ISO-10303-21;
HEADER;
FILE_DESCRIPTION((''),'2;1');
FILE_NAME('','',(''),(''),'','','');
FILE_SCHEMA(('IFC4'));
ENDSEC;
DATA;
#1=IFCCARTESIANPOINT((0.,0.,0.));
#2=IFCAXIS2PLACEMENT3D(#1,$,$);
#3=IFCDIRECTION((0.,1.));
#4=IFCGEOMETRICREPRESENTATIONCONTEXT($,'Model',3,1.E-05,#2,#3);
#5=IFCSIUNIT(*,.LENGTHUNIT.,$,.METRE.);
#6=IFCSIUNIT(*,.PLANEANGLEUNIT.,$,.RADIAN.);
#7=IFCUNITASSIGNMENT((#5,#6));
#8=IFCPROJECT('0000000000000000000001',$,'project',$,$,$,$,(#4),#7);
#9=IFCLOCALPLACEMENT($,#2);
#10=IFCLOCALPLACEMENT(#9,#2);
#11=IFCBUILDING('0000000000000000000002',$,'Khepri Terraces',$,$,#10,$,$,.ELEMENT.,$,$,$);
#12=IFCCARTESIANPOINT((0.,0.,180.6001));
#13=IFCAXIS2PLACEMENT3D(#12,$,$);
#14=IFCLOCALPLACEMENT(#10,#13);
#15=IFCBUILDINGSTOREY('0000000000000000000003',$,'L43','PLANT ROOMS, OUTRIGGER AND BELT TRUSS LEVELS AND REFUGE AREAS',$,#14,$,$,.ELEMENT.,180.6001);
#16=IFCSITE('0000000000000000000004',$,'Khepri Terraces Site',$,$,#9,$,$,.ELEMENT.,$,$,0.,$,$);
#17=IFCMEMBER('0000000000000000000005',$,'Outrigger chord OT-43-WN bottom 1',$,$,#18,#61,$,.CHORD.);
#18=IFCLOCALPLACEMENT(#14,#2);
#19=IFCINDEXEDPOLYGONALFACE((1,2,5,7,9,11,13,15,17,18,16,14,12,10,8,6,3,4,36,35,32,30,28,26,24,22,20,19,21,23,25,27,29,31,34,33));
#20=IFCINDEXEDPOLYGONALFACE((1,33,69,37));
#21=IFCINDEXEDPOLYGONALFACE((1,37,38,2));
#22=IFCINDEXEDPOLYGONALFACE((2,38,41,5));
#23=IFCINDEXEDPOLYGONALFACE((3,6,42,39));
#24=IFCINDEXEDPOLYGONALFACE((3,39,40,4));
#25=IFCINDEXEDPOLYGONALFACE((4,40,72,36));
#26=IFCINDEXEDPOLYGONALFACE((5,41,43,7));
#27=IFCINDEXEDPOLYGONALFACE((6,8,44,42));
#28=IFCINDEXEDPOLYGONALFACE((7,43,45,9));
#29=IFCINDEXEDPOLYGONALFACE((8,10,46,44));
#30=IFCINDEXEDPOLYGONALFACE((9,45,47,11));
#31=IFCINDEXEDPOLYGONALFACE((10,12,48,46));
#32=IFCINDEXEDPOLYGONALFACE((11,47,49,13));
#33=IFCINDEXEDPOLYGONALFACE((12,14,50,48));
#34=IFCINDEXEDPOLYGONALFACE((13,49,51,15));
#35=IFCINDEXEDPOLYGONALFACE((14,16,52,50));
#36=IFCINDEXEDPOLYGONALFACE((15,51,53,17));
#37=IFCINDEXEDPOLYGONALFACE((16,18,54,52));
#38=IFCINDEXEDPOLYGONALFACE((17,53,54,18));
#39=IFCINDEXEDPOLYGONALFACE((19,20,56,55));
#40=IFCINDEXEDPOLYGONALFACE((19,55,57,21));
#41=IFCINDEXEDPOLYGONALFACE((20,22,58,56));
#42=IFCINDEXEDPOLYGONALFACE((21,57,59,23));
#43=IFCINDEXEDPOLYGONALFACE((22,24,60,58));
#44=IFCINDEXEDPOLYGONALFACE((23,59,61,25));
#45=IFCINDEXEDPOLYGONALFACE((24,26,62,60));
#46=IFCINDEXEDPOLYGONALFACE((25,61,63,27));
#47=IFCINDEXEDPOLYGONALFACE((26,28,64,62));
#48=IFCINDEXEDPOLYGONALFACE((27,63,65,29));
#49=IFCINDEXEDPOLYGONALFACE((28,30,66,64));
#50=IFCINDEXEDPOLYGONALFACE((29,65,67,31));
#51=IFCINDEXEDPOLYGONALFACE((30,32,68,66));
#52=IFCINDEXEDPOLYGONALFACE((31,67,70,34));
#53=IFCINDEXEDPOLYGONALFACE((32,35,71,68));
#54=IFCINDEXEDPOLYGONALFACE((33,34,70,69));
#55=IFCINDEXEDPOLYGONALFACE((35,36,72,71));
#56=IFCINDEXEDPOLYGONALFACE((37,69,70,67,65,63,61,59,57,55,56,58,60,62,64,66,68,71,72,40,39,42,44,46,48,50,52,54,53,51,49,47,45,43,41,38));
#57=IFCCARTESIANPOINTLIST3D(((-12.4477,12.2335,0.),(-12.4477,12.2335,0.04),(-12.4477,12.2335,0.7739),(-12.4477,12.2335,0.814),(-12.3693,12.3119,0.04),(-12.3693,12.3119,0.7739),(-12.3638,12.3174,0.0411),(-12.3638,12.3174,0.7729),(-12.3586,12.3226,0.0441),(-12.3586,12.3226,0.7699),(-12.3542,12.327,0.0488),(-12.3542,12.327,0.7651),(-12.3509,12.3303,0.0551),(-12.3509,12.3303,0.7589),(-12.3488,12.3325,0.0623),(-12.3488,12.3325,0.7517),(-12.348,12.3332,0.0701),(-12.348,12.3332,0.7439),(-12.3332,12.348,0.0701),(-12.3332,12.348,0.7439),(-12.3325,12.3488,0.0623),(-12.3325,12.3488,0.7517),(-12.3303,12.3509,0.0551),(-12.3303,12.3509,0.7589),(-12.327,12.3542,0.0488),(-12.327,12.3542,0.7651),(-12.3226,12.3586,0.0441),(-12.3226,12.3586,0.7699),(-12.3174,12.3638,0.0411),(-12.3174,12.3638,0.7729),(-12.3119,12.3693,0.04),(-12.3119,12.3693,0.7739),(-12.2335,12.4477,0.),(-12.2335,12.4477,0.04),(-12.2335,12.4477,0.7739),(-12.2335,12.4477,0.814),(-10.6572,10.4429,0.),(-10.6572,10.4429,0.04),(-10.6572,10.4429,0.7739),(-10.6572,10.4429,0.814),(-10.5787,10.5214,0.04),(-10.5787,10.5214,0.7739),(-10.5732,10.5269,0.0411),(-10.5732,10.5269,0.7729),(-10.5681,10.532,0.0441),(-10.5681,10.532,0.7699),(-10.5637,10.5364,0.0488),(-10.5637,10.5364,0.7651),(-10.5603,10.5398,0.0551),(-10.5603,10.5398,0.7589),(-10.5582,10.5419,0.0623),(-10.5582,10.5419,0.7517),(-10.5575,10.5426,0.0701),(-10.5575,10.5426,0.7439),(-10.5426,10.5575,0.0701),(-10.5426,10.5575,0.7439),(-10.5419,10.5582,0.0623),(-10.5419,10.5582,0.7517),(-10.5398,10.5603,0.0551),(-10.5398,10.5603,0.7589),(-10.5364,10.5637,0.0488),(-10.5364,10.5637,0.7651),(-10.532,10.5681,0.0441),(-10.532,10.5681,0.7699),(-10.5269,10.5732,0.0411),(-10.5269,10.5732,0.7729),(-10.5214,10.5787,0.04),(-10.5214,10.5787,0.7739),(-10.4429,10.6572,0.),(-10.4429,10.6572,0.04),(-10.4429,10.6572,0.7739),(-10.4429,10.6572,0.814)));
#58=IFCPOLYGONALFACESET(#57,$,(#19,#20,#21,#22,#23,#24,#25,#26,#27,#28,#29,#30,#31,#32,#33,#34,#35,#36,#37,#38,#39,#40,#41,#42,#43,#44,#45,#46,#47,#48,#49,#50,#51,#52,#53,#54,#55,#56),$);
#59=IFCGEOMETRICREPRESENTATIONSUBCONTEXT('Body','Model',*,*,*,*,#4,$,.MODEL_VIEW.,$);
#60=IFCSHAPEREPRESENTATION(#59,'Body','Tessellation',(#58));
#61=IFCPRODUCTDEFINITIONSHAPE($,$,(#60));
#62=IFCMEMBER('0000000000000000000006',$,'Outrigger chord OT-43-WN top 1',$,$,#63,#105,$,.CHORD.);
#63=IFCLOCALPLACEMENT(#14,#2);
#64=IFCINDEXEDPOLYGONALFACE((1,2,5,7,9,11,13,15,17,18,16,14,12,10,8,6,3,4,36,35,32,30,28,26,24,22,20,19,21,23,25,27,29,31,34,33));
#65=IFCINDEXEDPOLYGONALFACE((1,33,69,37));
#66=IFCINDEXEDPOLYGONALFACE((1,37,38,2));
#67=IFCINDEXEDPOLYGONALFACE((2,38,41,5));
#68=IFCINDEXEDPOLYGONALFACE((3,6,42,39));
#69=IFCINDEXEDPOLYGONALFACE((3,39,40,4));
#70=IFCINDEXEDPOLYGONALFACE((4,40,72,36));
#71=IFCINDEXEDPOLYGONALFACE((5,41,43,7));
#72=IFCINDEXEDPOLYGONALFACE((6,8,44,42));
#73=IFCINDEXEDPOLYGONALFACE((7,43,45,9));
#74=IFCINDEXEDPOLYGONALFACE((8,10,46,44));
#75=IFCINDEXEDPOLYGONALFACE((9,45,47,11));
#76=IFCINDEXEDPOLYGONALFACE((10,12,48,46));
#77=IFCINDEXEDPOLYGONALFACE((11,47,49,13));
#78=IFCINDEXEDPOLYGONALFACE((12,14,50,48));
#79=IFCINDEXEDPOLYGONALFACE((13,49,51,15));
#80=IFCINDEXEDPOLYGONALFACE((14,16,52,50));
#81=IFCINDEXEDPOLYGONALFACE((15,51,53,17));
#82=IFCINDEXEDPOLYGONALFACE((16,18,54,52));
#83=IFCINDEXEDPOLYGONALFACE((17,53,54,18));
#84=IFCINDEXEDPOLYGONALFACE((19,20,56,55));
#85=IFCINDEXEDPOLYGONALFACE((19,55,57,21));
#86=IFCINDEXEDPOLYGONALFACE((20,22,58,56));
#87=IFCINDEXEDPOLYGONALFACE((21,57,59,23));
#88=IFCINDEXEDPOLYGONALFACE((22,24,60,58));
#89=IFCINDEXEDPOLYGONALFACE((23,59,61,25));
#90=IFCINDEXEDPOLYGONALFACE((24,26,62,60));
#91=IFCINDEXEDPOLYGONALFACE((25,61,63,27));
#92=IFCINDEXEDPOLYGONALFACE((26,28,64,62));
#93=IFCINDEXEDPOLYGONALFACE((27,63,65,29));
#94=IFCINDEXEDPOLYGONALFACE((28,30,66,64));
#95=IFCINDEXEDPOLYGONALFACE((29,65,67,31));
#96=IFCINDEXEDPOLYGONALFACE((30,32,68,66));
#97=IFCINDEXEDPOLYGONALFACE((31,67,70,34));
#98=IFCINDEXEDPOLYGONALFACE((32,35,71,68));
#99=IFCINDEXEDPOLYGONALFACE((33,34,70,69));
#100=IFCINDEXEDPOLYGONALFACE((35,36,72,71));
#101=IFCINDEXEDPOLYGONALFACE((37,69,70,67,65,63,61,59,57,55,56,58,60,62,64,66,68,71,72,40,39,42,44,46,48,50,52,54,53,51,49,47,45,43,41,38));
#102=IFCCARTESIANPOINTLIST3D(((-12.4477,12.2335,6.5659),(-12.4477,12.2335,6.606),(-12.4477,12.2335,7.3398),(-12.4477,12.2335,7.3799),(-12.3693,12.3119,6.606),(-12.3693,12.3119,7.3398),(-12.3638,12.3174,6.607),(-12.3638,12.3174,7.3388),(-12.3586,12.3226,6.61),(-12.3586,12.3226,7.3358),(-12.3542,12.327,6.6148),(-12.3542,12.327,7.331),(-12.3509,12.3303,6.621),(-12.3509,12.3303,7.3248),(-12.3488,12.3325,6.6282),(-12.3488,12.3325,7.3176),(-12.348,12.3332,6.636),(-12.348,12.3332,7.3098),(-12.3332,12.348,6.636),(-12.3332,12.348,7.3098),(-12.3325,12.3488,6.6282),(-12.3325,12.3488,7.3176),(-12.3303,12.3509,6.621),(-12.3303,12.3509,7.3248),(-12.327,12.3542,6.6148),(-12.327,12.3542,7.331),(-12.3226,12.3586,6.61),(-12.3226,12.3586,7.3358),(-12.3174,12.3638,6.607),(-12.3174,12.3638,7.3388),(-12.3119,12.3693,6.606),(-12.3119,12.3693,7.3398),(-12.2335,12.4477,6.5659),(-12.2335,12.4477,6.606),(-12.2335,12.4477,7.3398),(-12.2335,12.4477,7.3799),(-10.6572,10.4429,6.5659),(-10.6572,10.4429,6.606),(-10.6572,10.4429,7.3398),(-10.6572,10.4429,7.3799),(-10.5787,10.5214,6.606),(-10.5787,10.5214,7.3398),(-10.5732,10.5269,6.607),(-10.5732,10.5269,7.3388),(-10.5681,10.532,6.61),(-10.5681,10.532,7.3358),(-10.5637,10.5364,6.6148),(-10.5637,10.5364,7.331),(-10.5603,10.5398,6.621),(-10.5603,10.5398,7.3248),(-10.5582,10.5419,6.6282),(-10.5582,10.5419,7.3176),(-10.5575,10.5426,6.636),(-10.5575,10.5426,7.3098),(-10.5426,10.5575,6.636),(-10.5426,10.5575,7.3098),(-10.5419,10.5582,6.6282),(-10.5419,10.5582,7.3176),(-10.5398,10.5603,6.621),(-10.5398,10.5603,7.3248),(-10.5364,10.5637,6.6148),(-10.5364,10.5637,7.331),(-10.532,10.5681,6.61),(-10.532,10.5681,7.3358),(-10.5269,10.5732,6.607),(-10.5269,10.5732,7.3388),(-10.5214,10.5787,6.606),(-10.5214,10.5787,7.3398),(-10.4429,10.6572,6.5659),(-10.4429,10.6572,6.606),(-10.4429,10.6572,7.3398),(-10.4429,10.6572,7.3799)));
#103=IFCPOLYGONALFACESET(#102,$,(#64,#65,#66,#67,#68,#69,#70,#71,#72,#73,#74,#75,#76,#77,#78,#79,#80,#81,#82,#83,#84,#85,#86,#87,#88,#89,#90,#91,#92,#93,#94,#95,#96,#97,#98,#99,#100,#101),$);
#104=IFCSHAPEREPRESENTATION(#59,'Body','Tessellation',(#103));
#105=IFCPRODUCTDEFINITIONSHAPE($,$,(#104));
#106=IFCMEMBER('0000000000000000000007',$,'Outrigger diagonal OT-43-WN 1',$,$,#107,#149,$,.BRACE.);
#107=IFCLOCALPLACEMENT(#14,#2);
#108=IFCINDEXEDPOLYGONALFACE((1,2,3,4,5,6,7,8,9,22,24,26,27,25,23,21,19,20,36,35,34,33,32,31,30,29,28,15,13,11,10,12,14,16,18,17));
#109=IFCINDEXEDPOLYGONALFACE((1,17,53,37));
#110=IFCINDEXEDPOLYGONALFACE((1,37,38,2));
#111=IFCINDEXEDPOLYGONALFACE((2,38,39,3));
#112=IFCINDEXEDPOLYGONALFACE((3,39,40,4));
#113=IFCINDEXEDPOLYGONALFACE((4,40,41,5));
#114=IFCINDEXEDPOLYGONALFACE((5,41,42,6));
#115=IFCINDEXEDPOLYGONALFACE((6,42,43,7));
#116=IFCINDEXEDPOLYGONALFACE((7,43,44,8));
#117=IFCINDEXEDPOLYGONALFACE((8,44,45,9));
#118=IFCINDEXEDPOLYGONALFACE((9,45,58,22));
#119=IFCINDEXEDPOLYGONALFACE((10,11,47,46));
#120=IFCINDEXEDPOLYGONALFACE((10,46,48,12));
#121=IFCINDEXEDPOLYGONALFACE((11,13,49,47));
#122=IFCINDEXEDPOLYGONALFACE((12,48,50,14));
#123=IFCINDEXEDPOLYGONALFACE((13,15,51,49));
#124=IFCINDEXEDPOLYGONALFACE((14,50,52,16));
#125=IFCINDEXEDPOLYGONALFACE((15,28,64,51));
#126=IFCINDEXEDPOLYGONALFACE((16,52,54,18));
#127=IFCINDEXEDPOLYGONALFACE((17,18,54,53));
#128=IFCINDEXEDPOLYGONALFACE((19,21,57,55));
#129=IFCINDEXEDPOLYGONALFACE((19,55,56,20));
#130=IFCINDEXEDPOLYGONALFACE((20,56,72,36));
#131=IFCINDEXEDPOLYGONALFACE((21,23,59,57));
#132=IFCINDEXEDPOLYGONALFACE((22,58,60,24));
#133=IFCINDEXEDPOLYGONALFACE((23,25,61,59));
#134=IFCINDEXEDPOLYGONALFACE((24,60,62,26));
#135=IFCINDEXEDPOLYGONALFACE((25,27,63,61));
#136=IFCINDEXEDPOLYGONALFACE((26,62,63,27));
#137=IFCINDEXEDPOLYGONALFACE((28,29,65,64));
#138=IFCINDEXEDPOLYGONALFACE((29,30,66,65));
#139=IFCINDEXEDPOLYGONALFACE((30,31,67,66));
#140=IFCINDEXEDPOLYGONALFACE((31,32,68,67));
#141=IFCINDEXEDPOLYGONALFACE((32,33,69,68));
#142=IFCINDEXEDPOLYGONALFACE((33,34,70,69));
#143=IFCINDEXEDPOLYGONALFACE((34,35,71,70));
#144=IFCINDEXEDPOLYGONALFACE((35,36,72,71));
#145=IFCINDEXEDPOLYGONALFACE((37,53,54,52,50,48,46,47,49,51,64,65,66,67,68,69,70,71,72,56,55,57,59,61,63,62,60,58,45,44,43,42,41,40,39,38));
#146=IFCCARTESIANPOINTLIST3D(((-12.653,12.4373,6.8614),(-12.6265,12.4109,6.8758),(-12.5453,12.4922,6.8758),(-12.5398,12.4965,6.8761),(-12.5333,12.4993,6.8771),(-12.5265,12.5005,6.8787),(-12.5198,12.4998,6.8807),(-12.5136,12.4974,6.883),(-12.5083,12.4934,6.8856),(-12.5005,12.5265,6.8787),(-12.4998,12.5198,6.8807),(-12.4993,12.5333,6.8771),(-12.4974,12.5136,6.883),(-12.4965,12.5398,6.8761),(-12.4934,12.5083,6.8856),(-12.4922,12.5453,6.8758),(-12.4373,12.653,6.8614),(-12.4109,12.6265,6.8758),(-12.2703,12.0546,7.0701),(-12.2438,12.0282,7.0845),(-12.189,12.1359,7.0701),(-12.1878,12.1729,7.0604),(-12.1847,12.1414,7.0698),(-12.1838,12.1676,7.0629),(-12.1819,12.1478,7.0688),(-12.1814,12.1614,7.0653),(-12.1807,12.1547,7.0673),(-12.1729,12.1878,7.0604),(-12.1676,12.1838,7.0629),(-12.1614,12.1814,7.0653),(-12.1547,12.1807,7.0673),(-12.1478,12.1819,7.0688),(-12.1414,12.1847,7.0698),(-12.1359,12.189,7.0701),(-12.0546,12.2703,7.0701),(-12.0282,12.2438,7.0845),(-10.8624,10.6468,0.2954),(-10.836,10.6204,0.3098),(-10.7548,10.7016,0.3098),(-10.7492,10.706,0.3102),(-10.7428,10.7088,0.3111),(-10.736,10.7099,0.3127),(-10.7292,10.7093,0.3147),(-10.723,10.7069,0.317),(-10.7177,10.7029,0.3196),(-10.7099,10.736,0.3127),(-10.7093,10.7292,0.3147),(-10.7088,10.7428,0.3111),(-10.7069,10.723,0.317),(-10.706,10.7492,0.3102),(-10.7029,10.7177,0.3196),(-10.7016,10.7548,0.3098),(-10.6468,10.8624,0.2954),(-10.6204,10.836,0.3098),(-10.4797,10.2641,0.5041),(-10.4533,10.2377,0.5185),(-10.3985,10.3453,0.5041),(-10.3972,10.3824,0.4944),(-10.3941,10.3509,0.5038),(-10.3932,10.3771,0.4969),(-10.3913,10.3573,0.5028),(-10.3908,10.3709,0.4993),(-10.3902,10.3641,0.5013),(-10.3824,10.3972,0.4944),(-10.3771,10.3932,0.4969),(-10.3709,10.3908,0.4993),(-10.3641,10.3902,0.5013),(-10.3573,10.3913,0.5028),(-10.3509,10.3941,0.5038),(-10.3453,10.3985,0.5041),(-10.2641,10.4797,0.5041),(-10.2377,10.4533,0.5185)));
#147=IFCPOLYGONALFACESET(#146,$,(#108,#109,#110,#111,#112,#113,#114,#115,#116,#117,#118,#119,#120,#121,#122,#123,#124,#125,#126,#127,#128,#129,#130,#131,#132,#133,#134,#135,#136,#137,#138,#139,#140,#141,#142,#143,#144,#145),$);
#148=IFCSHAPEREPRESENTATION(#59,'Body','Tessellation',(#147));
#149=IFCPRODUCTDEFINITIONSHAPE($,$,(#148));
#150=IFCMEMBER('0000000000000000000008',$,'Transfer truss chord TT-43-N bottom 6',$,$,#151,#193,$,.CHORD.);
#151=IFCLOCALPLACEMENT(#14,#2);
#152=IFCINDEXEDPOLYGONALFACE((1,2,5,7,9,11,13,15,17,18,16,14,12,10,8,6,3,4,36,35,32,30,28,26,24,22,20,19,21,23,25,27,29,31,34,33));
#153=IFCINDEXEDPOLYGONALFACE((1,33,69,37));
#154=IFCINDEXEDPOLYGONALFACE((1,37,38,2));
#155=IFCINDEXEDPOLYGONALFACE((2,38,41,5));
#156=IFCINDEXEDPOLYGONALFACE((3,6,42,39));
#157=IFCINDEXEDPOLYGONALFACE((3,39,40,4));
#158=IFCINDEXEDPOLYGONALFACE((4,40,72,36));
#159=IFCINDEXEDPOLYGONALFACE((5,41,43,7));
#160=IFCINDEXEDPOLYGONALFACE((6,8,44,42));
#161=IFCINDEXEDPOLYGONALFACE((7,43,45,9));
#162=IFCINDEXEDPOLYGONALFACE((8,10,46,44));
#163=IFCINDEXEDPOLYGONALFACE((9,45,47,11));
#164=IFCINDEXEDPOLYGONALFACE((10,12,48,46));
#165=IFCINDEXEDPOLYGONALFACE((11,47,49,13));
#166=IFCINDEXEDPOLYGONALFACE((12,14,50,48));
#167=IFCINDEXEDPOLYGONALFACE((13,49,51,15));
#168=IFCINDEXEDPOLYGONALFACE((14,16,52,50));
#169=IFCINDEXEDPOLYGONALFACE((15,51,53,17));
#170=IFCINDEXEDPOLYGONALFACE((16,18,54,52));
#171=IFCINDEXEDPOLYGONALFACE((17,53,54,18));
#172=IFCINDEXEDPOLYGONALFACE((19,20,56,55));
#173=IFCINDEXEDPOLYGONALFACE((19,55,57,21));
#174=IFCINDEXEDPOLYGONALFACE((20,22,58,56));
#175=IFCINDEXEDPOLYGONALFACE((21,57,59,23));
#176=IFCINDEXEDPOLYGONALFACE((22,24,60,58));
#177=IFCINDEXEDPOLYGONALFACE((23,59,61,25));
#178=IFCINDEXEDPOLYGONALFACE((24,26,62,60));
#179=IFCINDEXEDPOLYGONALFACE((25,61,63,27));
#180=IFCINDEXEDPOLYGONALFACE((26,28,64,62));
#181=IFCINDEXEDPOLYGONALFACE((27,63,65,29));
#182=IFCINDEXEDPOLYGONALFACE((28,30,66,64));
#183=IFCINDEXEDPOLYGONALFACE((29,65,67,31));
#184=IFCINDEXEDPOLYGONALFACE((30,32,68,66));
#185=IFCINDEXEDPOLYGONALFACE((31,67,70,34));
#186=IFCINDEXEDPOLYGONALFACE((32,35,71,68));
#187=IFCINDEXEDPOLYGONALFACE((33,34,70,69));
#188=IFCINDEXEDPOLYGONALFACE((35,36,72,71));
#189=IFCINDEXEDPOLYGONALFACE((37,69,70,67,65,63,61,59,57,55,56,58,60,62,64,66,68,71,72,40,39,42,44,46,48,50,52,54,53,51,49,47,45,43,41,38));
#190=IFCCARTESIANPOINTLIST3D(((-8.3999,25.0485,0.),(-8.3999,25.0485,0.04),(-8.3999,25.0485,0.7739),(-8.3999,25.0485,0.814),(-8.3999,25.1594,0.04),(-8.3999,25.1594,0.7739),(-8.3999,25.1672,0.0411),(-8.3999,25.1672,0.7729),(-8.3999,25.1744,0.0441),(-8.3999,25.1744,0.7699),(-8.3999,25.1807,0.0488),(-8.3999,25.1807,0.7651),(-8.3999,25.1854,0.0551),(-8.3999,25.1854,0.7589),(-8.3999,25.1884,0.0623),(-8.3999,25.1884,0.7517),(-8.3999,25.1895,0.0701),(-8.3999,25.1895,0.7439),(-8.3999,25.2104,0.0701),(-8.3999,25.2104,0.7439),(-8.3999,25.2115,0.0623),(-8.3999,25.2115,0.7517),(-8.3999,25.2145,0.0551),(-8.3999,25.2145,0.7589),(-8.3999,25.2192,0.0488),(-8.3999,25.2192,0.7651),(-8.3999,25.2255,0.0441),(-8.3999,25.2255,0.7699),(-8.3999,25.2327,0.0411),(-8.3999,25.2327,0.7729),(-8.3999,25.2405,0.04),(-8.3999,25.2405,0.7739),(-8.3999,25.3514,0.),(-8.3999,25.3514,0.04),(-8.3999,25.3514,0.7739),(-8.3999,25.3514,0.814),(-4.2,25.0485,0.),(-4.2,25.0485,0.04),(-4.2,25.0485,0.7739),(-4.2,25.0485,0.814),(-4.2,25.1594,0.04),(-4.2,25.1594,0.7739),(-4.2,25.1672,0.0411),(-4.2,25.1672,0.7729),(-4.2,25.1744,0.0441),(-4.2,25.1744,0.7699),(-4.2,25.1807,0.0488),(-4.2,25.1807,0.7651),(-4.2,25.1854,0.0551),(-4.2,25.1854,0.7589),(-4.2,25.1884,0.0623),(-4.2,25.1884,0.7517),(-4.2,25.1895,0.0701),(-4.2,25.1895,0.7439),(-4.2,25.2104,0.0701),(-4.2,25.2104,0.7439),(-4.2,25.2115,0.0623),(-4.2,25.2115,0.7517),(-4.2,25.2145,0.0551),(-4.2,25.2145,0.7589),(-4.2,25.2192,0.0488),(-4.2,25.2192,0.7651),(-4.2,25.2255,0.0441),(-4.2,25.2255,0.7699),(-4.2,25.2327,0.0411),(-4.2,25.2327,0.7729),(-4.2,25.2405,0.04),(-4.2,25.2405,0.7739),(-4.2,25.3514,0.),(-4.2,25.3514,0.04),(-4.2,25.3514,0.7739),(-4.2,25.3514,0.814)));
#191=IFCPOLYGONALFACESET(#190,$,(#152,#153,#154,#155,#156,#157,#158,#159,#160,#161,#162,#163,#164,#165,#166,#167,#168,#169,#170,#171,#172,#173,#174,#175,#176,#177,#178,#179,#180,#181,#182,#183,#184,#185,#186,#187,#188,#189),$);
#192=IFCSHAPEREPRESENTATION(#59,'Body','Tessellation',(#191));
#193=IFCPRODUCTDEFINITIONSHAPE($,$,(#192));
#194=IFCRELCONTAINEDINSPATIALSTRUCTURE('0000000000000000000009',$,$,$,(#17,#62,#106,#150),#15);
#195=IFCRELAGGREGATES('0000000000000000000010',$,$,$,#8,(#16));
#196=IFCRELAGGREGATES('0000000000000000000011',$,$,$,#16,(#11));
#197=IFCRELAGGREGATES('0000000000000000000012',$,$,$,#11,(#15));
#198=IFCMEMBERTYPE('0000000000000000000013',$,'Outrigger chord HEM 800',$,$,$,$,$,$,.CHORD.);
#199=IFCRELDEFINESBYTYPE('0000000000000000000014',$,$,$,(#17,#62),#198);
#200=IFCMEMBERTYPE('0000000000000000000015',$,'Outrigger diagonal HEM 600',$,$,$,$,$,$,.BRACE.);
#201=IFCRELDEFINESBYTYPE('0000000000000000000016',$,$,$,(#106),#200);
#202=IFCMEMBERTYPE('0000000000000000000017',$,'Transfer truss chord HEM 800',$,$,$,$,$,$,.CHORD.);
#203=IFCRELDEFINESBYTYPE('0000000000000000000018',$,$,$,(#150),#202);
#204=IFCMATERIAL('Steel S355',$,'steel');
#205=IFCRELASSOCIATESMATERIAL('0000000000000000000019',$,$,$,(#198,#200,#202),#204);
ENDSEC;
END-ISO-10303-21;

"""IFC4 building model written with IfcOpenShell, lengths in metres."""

from ifc_helpers import new_model, si_unit, direction, frame, origin, origin_2d, place, context, subcontext, project, spatial, i_section, extrude, material, material_profile, profile_set, type_object, element, save


model = new_model("IFC4")

# Units and contexts
model_context = context("Model", 3, precision=1e-05, world=origin(), true_north=direction((0.0, 1.0)))
body_context = subcontext(model_context, "Body", "Model", "MODEL_VIEW")
ifc_project = project(units=[si_unit("LENGTHUNIT", "METRE"), si_unit("PLANEANGLEUNIT", "RADIAN")], contexts=[model_context])

# Site, building, storey
site_placement = place(None, origin())
site = spatial("IfcSite", under=ifc_project, at=site_placement, Name="Khepri Terraces Site", CompositionType="ELEMENT", RefElevation=0.0)
building_placement = place(site_placement, origin())
building = spatial("IfcBuilding", under=site, at=building_placement, Name="Khepri Terraces", CompositionType="ELEMENT")
storey_placement = place(building_placement, frame((0.0, 0.0, 180.6001)))
storey = spatial("IfcBuildingStorey", under=building, at=storey_placement, Name="L43", Description="PLANT ROOMS, OUTRIGGER AND BELT TRUSS LEVELS AND REFUGE AREAS", CompositionType="ELEMENT", Elevation=180.6001)

# Members
ifc_material_1 = material(Name="Steel S355", Category="steel")
ifc_material_profile_1 = material_profile(ifc_material_1, i_section(OverallWidth=0.303, OverallDepth=0.814, WebThickness=0.021, FlangeThickness=0.04, FilletRadius=0.03, at=origin_2d()), Name="Steel S355", Category="steel")
ifc_profile_set_1 = profile_set([ifc_material_profile_1], Name="Steel S355")
member_type_1 = type_object("IfcMemberType", Name="Outrigger chord HEM 800", PredefinedType="CHORD", material=ifc_profile_set_1)
for number, where, z_axis, x_axis, name in (
    (1, (-10.55, 10.55, 0.407), (-0.707107, 0.707107, 0.0), (-0.707107, -0.707107, 0.0), "Outrigger chord OT-43-WN bottom 1"),
    (2, (-10.55, 10.55, 6.9729), (-0.707107, 0.707107, 0.0), (-0.707107, -0.707107, 0.0), "Outrigger chord OT-43-WN top 1"),
):
    element("IfcMember", number, at=place(storey_placement, frame(where, z_axis=z_axis, x_axis=x_axis)), inside=storey, type_object=member_type_1, Name=name, PredefinedType="CHORD", context=body_context, shape_type="SweptSolid", body=[
        extrude(i_section(OverallWidth=0.303, OverallDepth=0.814, WebThickness=0.021, FlangeThickness=0.04, FilletRadius=0.03, at=origin_2d()), origin(), (0.0, 0.0, 1.0), 2.5322),
    ])
ifc_material_profile_2 = material_profile(ifc_material_1, i_section(OverallWidth=0.3049, OverallDepth=0.6201, WebThickness=0.021, FlangeThickness=0.04, FilletRadius=0.0271, at=origin_2d()), Name="Steel S355", Category="steel")
ifc_profile_set_2 = profile_set([ifc_material_profile_2], Name="Steel S355")
member_type_2 = type_object("IfcMemberType", Name="Outrigger diagonal HEM 600", PredefinedType="BRACE", material=ifc_profile_set_2)
member_1_placement = place(storey_placement, frame((-10.55, 10.55, 0.407), z_axis=(-0.254435, 0.254435, 0.93302), x_axis=(-0.707107, -0.707107, 0.0)))
element("IfcMember", 3, at=member_1_placement, inside=storey, type_object=member_type_2, Name="Outrigger diagonal OT-43-WN 1", PredefinedType="BRACE", context=body_context, shape_type="SweptSolid", body=[
    extrude(i_section(OverallWidth=0.3049, OverallDepth=0.6201, WebThickness=0.021, FlangeThickness=0.04, FilletRadius=0.0271, at=origin_2d()), origin(), (0.0, 0.0, 1.0), 7.0374),
])
ifc_material_profile_3 = material_profile(ifc_material_1, i_section(OverallWidth=0.303, OverallDepth=0.814, WebThickness=0.021, FlangeThickness=0.04, FilletRadius=0.03, at=origin_2d()), Name="Steel S355", Category="steel")
ifc_profile_set_3 = profile_set([ifc_material_profile_3], Name="Steel S355")
member_type_3 = type_object("IfcMemberType", Name="Transfer truss chord HEM 800", PredefinedType="CHORD", material=ifc_profile_set_3)
for number, where, z_axis, x_axis, name in (
    (4, (-4.2, 25.2, 0.407), (-1.0, 0.0, 0.0), (0.0, -1.0, 0.0), "Transfer truss chord TT-43-N bottom 6"),
):
    element("IfcMember", number, at=place(storey_placement, frame(where, z_axis=z_axis, x_axis=x_axis)), inside=storey, type_object=member_type_3, Name=name, PredefinedType="CHORD", context=body_context, shape_type="SweptSolid", body=[
        extrude(i_section(OverallWidth=0.303, OverallDepth=0.814, WebThickness=0.021, FlangeThickness=0.04, FilletRadius=0.03, at=origin_2d()), origin(), (0.0, 0.0, 1.0), 4.2),
    ])

save(model, "model.ifc")
